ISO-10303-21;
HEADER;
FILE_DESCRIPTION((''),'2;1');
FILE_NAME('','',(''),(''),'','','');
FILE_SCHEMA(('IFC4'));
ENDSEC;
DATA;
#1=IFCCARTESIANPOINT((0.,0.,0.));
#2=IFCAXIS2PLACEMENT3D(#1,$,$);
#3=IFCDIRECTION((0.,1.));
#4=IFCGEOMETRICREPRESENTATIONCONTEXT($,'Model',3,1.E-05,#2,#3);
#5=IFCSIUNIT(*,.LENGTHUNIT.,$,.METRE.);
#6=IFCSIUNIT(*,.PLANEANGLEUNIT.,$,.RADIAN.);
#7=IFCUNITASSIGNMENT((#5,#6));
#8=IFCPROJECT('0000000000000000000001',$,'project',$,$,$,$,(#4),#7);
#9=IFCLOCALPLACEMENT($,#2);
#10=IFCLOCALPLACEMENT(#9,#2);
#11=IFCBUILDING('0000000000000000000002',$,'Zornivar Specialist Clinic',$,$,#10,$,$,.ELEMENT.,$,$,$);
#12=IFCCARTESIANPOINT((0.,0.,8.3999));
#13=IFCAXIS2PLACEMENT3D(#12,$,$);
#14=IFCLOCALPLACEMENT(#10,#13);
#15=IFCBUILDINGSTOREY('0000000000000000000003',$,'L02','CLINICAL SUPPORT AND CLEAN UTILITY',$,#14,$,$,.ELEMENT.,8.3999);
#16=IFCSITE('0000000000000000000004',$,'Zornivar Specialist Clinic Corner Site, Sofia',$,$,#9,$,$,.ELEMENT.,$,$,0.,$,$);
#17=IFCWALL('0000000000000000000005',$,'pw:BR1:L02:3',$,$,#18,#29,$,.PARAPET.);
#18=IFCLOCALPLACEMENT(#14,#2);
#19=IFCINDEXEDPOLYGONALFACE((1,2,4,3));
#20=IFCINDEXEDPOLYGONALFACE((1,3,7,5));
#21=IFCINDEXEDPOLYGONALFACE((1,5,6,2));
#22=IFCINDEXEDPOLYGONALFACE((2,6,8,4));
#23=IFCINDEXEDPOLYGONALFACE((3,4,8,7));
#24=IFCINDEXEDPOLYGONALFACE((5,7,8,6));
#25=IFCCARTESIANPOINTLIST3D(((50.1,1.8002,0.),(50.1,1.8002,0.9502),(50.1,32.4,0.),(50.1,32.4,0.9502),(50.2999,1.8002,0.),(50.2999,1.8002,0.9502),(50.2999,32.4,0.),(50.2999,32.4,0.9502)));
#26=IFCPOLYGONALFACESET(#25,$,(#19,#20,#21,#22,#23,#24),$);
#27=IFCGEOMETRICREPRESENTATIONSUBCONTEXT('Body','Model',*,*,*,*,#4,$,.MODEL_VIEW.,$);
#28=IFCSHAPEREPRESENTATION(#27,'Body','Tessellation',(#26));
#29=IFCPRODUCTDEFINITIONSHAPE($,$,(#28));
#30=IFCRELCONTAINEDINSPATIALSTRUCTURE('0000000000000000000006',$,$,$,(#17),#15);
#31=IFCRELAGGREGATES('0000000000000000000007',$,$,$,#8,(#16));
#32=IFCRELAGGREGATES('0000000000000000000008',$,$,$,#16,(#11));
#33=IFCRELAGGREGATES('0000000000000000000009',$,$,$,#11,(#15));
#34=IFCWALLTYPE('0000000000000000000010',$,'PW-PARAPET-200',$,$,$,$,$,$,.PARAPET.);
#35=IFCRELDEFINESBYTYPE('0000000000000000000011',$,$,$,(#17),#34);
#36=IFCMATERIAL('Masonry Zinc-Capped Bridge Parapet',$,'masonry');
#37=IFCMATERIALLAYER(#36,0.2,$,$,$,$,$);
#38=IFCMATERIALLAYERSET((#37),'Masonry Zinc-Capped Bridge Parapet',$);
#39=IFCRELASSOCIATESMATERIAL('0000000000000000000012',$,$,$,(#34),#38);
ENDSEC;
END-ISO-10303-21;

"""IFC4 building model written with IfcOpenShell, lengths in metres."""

from ifc_helpers import new_model, si_unit, direction, frame, frame_2d, origin, place, context, subcontext, project, spatial, rectangle, extrude, material, layer, layer_set, type_object, element, save


model = new_model("IFC4")

# Units and contexts
model_context = context("Model", 3, precision=1e-05, world=origin(), true_north=direction((0.0, 1.0)))
body_context = subcontext(model_context, "Body", "Model", "MODEL_VIEW")
ifc_project = project(units=[si_unit("LENGTHUNIT", "METRE"), si_unit("PLANEANGLEUNIT", "RADIAN")], contexts=[model_context])

# Site, building, storey
site_placement = place(None, origin())
site = spatial("IfcSite", under=ifc_project, at=site_placement, Name="Zornivar Specialist Clinic Corner Site, Sofia", CompositionType="ELEMENT", RefElevation=0.0)
building_placement = place(site_placement, origin())
building = spatial("IfcBuilding", under=site, at=building_placement, Name="Zornivar Specialist Clinic", CompositionType="ELEMENT")
storey_placement = place(building_placement, frame((0.0, 0.0, 8.3999)))
storey = spatial("IfcBuildingStorey", under=building, at=storey_placement, Name="L02", Description="CLINICAL SUPPORT AND CLEAN UTILITY", CompositionType="ELEMENT", Elevation=8.3999)

# Wall
ifc_material_1 = material(Name="Masonry Zinc-Capped Bridge Parapet", Category="masonry")
ifc_layer_1 = layer(ifc_material_1, 0.2)
ifc_layer_set_1 = layer_set([ifc_layer_1], Name="Masonry Zinc-Capped Bridge Parapet")
wall_type_1 = type_object("IfcWallType", Name="PW-PARAPET-200", PredefinedType="PARAPET", material=ifc_layer_set_1)
wall_1_placement = place(storey_placement, frame((50.2, 32.3999, 0.0), z_axis=(0.0, 0.0, 1.0), x_axis=(0.0, -1.0, 0.0)))
element("IfcWall", 1, at=wall_1_placement, inside=storey, type_object=wall_type_1, Name="pw:BR1:L02:3", PredefinedType="PARAPET", context=body_context, shape_type="SweptSolid", body=[
    extrude(rectangle(XDim=30.5999, YDim=0.2, at=frame_2d((15.2998, 0.0))), origin(), (0.0, 0.0, 1.0), 0.9502),
])

save(model, "model.ifc")
